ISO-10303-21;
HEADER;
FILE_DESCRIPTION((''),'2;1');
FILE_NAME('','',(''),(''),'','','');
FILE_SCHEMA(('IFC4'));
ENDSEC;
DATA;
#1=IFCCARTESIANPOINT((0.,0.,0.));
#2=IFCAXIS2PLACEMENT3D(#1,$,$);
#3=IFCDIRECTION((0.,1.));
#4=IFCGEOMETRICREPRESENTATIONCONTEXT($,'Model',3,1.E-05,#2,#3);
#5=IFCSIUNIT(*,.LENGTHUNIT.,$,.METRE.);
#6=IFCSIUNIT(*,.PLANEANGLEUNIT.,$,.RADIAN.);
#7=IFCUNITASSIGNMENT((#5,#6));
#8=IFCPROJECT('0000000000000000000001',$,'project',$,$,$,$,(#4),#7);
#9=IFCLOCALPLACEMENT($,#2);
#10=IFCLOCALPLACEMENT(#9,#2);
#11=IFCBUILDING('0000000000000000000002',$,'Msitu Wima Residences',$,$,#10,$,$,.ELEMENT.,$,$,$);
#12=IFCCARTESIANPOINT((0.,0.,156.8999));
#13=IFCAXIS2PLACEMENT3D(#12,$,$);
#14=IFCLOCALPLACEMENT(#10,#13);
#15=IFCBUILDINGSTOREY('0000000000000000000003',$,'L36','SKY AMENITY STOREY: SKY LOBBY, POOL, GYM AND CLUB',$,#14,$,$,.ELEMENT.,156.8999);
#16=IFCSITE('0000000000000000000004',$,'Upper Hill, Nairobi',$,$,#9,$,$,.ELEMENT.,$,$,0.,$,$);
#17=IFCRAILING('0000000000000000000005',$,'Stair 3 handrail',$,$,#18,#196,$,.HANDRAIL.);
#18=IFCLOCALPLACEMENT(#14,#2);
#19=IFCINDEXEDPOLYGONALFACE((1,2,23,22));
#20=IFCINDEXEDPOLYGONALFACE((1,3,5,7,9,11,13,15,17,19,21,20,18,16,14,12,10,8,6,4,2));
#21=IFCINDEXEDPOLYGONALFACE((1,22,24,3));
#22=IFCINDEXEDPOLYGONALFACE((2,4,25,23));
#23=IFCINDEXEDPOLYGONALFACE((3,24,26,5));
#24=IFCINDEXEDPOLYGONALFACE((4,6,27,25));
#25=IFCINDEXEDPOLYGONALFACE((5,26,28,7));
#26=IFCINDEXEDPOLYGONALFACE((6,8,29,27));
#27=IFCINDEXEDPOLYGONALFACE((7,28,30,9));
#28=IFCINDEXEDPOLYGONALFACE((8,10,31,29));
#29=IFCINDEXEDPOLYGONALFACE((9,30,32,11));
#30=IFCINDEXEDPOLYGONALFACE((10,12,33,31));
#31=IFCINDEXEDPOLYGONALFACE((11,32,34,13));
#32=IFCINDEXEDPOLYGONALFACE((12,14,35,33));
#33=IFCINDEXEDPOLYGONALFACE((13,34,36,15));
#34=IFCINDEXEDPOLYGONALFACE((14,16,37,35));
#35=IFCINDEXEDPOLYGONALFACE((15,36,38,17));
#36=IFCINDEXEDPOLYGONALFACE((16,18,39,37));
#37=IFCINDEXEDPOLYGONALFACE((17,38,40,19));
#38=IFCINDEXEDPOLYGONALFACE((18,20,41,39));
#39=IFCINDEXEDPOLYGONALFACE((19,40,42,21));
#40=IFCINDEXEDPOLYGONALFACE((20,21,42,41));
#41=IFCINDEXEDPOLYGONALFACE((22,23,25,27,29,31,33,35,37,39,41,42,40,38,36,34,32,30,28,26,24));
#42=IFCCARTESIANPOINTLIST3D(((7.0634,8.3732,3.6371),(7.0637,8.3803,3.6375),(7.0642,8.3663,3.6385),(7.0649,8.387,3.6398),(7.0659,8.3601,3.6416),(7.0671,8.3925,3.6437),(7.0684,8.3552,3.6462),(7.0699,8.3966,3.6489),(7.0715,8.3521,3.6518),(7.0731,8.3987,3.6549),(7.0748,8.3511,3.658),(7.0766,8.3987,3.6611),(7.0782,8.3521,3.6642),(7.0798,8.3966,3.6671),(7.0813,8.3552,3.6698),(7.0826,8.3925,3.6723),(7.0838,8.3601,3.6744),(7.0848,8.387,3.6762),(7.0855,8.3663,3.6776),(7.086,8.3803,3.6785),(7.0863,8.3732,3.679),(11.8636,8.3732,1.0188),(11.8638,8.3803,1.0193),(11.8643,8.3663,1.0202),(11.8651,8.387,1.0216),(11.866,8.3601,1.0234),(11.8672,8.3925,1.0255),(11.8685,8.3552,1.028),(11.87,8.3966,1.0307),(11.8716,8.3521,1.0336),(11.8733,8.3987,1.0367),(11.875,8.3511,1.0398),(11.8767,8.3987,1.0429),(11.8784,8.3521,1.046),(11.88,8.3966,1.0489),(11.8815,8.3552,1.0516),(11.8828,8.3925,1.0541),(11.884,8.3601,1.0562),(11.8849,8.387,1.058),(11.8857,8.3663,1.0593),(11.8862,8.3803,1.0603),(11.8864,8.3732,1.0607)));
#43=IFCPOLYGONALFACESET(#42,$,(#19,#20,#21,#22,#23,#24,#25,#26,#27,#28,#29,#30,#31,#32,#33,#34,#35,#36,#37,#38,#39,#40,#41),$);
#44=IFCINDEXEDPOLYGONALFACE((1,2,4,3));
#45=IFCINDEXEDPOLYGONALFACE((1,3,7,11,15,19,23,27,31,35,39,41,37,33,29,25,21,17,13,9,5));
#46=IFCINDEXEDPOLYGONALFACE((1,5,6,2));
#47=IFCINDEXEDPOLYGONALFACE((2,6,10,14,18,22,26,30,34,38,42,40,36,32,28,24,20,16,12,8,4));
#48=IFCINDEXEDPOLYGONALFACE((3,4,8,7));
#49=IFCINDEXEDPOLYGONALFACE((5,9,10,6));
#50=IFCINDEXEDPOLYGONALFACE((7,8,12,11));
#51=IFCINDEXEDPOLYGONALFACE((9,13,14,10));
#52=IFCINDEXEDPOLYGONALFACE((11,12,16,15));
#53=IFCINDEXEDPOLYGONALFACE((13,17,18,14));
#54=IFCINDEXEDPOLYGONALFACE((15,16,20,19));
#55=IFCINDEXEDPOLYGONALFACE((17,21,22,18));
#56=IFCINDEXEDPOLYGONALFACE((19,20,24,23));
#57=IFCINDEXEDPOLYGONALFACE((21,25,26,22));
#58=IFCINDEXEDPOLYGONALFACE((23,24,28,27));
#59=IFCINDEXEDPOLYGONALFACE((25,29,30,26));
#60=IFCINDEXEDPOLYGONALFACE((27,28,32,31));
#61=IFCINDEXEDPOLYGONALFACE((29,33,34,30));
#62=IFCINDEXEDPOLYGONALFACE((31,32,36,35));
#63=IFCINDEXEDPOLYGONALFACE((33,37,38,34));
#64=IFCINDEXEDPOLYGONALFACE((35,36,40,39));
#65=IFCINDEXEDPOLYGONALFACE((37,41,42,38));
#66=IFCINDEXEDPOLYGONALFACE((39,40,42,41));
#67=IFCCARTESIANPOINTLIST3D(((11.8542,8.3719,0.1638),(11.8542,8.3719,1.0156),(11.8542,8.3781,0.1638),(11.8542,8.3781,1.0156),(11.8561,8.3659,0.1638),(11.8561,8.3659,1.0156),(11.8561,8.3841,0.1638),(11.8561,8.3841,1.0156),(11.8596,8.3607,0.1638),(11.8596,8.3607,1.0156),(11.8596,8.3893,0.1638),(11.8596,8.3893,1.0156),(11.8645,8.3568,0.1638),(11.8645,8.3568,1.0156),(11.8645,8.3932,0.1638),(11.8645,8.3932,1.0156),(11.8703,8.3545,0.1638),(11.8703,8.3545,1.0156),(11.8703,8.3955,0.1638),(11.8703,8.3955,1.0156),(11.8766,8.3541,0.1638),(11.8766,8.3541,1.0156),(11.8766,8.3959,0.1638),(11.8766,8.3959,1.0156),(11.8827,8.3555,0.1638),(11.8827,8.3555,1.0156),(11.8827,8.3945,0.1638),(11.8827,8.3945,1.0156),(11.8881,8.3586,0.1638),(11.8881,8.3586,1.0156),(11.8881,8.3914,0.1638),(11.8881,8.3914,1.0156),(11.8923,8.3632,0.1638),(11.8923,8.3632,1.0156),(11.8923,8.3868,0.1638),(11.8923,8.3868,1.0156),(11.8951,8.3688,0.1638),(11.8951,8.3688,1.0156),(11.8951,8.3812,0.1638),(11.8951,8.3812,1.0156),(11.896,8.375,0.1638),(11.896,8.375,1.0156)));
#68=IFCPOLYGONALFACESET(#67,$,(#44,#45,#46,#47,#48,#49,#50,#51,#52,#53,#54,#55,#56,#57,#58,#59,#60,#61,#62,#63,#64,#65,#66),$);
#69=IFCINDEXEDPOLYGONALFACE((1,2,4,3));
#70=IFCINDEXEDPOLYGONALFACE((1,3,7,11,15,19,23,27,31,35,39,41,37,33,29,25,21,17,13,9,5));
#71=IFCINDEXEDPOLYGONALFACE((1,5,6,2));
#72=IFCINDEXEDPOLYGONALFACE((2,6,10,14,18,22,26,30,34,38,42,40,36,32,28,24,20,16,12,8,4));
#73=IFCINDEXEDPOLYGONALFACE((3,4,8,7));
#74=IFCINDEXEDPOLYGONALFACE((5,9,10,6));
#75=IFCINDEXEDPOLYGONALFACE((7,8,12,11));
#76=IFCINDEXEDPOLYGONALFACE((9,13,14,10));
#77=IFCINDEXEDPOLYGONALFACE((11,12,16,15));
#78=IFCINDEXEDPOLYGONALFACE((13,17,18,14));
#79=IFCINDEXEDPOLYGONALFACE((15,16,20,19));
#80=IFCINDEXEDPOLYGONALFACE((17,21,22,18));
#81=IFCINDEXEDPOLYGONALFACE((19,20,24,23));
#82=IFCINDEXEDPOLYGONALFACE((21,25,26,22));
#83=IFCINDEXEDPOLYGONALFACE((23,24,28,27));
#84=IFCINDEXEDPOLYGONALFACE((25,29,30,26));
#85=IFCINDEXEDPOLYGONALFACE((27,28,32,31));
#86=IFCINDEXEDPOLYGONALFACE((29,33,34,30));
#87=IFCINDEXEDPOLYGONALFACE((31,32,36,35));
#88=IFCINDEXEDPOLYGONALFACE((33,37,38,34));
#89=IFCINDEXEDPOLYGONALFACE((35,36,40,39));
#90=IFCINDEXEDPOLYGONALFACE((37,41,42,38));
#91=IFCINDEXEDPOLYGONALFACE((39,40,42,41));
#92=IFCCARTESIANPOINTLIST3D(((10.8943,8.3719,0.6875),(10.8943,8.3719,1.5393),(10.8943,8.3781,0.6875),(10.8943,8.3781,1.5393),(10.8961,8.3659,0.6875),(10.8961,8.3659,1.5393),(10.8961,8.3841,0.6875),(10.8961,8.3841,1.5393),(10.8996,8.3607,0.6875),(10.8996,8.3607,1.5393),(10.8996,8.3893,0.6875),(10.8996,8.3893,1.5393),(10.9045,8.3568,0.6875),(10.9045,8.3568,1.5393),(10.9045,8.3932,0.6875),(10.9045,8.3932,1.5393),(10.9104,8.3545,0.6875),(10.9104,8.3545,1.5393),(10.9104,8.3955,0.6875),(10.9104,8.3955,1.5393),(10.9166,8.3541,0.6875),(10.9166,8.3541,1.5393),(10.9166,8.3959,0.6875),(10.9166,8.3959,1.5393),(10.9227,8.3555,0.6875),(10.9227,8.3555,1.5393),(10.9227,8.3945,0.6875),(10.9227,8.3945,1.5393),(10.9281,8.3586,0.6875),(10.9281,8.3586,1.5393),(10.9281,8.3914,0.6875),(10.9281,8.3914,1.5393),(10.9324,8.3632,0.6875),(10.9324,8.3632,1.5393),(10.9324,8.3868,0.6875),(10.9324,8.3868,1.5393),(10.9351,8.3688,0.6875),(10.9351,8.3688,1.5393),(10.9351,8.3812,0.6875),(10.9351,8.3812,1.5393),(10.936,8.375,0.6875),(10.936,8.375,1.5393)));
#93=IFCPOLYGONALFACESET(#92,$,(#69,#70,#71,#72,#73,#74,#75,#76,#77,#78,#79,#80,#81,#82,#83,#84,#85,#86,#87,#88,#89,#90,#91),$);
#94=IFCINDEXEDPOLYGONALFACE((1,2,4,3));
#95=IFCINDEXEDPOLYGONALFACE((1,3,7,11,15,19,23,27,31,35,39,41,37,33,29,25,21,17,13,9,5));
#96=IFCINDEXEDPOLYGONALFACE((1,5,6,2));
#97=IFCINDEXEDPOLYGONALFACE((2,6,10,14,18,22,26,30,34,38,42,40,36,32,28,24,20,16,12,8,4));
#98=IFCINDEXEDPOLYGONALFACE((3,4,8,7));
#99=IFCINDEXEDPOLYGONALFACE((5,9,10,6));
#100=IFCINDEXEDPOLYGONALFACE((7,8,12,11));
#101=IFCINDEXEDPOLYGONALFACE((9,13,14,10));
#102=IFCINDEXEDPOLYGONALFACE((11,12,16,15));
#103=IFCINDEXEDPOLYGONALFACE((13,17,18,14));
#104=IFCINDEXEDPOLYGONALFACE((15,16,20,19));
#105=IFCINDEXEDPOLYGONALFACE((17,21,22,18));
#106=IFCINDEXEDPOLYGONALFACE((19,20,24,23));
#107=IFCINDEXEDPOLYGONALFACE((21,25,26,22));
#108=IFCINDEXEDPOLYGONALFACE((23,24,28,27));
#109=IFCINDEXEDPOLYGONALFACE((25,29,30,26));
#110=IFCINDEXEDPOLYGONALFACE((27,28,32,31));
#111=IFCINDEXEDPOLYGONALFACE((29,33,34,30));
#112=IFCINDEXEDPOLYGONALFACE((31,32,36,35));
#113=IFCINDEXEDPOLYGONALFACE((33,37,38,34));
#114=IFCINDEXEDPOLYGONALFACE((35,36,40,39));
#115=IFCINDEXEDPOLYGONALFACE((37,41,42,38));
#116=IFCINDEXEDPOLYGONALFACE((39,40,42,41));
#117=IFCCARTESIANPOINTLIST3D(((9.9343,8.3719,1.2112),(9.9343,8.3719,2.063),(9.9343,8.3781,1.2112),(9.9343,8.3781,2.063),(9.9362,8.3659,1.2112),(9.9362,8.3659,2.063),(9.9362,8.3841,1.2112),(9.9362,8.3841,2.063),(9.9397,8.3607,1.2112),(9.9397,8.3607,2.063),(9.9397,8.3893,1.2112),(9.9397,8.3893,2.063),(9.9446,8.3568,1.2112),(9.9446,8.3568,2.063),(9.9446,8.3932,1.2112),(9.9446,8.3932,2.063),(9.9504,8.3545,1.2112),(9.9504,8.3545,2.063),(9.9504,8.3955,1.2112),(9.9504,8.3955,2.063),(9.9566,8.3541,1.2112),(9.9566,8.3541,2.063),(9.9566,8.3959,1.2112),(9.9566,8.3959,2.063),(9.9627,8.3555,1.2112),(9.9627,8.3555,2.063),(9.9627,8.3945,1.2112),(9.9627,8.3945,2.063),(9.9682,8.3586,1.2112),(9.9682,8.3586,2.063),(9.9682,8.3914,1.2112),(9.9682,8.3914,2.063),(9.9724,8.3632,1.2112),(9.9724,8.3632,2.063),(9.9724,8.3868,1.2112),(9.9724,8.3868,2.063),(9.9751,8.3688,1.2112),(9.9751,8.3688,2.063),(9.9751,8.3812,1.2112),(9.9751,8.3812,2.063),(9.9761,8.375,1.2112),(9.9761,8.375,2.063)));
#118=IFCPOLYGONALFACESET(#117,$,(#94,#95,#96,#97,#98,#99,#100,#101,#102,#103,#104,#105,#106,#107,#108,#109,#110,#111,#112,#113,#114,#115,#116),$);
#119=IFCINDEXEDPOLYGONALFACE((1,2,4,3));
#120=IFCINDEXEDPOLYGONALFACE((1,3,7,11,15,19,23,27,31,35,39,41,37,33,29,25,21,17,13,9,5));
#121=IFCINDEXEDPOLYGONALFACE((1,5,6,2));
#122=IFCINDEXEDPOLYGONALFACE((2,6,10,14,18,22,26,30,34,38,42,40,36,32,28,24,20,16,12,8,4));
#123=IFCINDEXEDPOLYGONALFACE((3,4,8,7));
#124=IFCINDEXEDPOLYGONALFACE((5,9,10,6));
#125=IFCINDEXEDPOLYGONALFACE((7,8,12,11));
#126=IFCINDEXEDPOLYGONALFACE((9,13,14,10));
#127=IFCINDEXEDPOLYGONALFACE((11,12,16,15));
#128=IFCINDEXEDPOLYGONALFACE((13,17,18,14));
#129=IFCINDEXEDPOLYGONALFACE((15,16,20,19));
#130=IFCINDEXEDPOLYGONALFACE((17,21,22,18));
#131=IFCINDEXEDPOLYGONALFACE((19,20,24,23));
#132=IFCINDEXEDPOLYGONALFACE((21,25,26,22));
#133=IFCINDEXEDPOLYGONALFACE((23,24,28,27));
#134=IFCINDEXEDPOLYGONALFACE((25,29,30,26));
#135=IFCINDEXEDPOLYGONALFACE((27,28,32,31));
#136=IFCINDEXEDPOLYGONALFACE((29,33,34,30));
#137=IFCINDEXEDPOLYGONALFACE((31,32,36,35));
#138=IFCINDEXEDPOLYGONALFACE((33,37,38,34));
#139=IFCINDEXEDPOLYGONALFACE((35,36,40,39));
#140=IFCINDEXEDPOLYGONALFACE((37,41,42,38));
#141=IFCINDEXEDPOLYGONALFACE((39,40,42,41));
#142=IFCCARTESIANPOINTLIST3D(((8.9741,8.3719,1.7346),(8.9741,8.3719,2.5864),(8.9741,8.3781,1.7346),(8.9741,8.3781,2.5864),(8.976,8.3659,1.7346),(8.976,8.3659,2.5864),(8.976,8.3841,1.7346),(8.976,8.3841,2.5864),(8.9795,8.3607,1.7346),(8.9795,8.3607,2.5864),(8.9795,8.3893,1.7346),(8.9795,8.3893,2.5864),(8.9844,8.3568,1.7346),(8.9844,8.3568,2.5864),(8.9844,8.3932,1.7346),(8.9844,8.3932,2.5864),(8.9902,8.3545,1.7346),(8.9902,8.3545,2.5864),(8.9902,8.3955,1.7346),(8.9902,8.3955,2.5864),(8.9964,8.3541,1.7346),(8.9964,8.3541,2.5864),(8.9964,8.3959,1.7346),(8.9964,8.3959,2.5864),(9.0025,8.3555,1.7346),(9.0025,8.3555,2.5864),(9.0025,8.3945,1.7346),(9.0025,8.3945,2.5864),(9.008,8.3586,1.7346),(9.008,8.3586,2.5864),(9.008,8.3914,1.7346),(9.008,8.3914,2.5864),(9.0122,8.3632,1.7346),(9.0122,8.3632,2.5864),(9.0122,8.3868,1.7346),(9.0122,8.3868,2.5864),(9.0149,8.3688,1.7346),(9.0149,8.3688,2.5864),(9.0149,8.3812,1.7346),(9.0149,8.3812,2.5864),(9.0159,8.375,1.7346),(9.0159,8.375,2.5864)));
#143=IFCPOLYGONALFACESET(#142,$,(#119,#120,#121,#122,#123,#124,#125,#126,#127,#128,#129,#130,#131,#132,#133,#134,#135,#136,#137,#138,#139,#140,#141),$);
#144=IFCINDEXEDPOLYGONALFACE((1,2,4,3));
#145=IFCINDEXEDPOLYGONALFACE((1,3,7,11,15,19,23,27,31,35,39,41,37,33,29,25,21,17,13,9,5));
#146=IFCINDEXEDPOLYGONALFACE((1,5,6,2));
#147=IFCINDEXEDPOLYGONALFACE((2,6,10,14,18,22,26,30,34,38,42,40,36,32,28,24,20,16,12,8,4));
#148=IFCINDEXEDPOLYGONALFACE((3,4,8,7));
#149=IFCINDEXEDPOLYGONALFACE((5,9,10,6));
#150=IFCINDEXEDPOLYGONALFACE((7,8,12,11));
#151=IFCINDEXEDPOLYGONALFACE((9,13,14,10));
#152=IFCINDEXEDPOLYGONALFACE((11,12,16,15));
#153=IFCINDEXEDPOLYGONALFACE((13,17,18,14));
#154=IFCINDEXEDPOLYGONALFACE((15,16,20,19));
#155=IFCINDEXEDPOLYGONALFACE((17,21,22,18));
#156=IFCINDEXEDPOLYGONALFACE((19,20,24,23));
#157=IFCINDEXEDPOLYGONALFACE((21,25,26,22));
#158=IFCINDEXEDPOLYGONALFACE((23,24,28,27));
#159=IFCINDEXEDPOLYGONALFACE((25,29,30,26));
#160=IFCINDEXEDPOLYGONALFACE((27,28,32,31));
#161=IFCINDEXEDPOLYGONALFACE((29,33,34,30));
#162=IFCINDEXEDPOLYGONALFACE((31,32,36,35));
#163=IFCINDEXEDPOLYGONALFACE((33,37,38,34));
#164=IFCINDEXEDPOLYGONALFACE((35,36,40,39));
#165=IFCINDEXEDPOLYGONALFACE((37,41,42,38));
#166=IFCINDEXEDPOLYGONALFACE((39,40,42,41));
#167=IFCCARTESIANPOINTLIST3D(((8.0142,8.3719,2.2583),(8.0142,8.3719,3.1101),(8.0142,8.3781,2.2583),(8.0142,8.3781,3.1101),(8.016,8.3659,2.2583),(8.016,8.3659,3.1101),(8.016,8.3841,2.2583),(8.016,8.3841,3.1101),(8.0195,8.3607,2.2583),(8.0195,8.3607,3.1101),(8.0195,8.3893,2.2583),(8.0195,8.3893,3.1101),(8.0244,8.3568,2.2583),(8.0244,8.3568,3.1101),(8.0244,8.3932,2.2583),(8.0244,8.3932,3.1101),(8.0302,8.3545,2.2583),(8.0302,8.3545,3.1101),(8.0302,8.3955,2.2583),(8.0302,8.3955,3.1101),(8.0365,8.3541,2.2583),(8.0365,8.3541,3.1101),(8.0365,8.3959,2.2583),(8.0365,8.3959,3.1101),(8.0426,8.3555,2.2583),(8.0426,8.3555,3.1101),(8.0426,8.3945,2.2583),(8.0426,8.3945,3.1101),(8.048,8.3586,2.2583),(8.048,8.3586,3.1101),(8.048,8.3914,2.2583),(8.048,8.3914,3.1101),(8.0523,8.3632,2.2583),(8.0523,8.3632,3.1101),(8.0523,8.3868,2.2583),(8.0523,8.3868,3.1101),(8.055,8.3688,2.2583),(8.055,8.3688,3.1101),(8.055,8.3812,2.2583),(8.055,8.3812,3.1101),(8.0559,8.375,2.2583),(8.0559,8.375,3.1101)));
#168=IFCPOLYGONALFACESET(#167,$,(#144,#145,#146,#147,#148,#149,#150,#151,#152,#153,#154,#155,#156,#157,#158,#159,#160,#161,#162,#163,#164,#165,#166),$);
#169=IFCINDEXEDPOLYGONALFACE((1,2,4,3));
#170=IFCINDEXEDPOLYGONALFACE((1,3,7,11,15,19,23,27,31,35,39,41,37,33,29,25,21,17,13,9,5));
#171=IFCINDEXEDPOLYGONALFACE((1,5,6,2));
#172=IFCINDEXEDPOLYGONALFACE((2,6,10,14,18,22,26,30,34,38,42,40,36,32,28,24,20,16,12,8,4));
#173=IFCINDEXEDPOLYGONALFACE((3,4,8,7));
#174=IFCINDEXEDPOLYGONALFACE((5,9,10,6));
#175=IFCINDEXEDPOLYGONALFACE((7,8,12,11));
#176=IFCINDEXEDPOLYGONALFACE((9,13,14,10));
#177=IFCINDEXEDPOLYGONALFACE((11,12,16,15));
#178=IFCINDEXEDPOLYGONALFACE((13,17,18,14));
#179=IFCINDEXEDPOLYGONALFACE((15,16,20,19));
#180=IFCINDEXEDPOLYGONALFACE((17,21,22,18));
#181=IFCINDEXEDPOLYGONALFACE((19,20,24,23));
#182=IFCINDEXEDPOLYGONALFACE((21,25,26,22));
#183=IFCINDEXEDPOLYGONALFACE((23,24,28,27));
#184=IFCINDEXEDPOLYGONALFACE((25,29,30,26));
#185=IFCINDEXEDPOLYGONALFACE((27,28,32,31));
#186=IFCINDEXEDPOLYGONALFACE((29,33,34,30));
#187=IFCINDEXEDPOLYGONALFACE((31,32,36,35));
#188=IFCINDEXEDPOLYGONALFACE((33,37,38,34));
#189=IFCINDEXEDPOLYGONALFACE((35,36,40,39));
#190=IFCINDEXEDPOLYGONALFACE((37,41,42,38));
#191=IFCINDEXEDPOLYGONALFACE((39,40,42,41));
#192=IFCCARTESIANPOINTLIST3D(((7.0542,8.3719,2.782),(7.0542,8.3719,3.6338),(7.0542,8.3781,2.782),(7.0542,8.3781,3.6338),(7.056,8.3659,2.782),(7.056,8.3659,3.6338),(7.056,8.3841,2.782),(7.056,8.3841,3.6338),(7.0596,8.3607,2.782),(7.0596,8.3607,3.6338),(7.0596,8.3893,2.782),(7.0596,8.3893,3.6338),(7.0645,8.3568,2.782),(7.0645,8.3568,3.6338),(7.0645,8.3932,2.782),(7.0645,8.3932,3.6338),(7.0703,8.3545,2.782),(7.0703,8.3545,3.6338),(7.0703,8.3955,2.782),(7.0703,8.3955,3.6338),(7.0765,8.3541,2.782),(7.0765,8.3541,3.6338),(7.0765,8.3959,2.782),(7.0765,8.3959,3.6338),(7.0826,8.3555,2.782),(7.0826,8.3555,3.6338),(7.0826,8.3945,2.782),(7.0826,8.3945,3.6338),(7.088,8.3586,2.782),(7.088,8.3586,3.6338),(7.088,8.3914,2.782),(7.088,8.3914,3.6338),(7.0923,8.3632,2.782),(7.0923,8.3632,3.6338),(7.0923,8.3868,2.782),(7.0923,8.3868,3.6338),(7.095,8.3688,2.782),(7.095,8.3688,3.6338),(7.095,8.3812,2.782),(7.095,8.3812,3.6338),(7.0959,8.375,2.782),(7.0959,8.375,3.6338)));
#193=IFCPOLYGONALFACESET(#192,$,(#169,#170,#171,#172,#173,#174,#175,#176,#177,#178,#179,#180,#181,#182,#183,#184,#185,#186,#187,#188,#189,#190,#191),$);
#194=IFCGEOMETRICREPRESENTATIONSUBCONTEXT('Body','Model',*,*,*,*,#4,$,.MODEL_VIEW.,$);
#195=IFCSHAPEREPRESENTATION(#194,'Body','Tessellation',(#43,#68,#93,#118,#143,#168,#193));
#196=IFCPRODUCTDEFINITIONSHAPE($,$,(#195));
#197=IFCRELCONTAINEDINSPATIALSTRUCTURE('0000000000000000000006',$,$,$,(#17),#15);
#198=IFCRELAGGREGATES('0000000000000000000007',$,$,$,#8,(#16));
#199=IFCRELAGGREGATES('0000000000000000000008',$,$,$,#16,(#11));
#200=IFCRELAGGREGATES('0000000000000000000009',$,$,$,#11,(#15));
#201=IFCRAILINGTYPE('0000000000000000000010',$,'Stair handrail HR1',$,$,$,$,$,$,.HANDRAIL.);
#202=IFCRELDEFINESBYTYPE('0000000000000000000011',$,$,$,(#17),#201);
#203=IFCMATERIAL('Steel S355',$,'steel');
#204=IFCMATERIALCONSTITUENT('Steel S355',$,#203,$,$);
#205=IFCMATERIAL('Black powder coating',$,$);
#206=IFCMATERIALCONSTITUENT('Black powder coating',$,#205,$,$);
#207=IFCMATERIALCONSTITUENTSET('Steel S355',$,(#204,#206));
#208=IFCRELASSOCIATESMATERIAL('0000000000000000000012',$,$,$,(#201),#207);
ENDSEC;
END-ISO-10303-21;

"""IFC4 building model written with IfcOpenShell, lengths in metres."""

from ifc_helpers import new_model, si_unit, direction, frame, origin, origin_2d, place, context, subcontext, project, spatial, circle, extrude, material, constituent, constituent_set, type_object, element, save


model = new_model("IFC4")

# Units and contexts
model_context = context("Model", 3, precision=1e-05, world=origin(), true_north=direction((0.0, 1.0)))
body_context = subcontext(model_context, "Body", "Model", "MODEL_VIEW")
ifc_project = project(units=[si_unit("LENGTHUNIT", "METRE"), si_unit("PLANEANGLEUNIT", "RADIAN")], contexts=[model_context])

# Site, building, storey
site_placement = place(None, origin())
site = spatial("IfcSite", under=ifc_project, at=site_placement, Name="Upper Hill, Nairobi", CompositionType="ELEMENT", RefElevation=0.0)
building_placement = place(site_placement, origin())
building = spatial("IfcBuilding", under=site, at=building_placement, Name="Msitu Wima Residences", CompositionType="ELEMENT")
storey_placement = place(building_placement, frame((0.0, 0.0, 156.8999)))
storey = spatial("IfcBuildingStorey", under=building, at=storey_placement, Name="L36", Description="SKY AMENITY STOREY: SKY LOBBY, POOL, GYM AND CLUB", CompositionType="ELEMENT", Elevation=156.8999)

# Railing
ifc_material_1 = material(Name="Steel S355", Category="steel")
ifc_constituent_1 = constituent(ifc_material_1, Name="Steel S355")
ifc_material_2 = material(Name="Black powder coating")
ifc_constituent_2 = constituent(ifc_material_2, Name="Black powder coating")
ifc_constituent_set = constituent_set(constituents=[ifc_constituent_1, ifc_constituent_2], Name="Steel S355")
railing_type = type_object("IfcRailingType", Name="Stair handrail HR1", PredefinedType="HANDRAIL", material=ifc_constituent_set)
for number, where, name in (
    (1, (11.875, 8.375, 0.1638), "Stair 3 handrail"),
):
    element("IfcRailing", number, at=place(storey_placement, frame(where)), inside=storey, type_object=railing_type, Name=name, PredefinedType="HANDRAIL", context=body_context, shape_type="SweptSolid", body=[
        extrude(circle(Radius=0.0239, at=origin_2d()), frame((0.0, 0.0, 0.876), z_axis=(-0.877899, 0.0, 0.478846), x_axis=(0.0, -1.0, 0.0)), (0.0, 0.0, 1.0), 5.4678),
        extrude(circle(Radius=0.021, at=origin_2d()), origin(), (0.0, 0.0, 1.0), 0.8518),
        extrude(circle(Radius=0.021, at=origin_2d()), frame((-0.96, 0.0, 0.5237)), (0.0, 0.0, 1.0), 0.8518),
        extrude(circle(Radius=0.021, at=origin_2d()), frame((-1.9199, 0.0, 1.0474)), (0.0, 0.0, 1.0), 0.8518),
        extrude(circle(Radius=0.021, at=origin_2d()), frame((-2.8801, 0.0, 1.5708)), (0.0, 0.0, 1.0), 0.8518),
        extrude(circle(Radius=0.021, at=origin_2d()), frame((-3.8401, 0.0, 2.0945)), (0.0, 0.0, 1.0), 0.8518),
        extrude(circle(Radius=0.021, at=origin_2d()), frame((-4.8, 0.0, 2.6182)), (0.0, 0.0, 1.0), 0.8518),
    ])

save(model, "model.ifc")
